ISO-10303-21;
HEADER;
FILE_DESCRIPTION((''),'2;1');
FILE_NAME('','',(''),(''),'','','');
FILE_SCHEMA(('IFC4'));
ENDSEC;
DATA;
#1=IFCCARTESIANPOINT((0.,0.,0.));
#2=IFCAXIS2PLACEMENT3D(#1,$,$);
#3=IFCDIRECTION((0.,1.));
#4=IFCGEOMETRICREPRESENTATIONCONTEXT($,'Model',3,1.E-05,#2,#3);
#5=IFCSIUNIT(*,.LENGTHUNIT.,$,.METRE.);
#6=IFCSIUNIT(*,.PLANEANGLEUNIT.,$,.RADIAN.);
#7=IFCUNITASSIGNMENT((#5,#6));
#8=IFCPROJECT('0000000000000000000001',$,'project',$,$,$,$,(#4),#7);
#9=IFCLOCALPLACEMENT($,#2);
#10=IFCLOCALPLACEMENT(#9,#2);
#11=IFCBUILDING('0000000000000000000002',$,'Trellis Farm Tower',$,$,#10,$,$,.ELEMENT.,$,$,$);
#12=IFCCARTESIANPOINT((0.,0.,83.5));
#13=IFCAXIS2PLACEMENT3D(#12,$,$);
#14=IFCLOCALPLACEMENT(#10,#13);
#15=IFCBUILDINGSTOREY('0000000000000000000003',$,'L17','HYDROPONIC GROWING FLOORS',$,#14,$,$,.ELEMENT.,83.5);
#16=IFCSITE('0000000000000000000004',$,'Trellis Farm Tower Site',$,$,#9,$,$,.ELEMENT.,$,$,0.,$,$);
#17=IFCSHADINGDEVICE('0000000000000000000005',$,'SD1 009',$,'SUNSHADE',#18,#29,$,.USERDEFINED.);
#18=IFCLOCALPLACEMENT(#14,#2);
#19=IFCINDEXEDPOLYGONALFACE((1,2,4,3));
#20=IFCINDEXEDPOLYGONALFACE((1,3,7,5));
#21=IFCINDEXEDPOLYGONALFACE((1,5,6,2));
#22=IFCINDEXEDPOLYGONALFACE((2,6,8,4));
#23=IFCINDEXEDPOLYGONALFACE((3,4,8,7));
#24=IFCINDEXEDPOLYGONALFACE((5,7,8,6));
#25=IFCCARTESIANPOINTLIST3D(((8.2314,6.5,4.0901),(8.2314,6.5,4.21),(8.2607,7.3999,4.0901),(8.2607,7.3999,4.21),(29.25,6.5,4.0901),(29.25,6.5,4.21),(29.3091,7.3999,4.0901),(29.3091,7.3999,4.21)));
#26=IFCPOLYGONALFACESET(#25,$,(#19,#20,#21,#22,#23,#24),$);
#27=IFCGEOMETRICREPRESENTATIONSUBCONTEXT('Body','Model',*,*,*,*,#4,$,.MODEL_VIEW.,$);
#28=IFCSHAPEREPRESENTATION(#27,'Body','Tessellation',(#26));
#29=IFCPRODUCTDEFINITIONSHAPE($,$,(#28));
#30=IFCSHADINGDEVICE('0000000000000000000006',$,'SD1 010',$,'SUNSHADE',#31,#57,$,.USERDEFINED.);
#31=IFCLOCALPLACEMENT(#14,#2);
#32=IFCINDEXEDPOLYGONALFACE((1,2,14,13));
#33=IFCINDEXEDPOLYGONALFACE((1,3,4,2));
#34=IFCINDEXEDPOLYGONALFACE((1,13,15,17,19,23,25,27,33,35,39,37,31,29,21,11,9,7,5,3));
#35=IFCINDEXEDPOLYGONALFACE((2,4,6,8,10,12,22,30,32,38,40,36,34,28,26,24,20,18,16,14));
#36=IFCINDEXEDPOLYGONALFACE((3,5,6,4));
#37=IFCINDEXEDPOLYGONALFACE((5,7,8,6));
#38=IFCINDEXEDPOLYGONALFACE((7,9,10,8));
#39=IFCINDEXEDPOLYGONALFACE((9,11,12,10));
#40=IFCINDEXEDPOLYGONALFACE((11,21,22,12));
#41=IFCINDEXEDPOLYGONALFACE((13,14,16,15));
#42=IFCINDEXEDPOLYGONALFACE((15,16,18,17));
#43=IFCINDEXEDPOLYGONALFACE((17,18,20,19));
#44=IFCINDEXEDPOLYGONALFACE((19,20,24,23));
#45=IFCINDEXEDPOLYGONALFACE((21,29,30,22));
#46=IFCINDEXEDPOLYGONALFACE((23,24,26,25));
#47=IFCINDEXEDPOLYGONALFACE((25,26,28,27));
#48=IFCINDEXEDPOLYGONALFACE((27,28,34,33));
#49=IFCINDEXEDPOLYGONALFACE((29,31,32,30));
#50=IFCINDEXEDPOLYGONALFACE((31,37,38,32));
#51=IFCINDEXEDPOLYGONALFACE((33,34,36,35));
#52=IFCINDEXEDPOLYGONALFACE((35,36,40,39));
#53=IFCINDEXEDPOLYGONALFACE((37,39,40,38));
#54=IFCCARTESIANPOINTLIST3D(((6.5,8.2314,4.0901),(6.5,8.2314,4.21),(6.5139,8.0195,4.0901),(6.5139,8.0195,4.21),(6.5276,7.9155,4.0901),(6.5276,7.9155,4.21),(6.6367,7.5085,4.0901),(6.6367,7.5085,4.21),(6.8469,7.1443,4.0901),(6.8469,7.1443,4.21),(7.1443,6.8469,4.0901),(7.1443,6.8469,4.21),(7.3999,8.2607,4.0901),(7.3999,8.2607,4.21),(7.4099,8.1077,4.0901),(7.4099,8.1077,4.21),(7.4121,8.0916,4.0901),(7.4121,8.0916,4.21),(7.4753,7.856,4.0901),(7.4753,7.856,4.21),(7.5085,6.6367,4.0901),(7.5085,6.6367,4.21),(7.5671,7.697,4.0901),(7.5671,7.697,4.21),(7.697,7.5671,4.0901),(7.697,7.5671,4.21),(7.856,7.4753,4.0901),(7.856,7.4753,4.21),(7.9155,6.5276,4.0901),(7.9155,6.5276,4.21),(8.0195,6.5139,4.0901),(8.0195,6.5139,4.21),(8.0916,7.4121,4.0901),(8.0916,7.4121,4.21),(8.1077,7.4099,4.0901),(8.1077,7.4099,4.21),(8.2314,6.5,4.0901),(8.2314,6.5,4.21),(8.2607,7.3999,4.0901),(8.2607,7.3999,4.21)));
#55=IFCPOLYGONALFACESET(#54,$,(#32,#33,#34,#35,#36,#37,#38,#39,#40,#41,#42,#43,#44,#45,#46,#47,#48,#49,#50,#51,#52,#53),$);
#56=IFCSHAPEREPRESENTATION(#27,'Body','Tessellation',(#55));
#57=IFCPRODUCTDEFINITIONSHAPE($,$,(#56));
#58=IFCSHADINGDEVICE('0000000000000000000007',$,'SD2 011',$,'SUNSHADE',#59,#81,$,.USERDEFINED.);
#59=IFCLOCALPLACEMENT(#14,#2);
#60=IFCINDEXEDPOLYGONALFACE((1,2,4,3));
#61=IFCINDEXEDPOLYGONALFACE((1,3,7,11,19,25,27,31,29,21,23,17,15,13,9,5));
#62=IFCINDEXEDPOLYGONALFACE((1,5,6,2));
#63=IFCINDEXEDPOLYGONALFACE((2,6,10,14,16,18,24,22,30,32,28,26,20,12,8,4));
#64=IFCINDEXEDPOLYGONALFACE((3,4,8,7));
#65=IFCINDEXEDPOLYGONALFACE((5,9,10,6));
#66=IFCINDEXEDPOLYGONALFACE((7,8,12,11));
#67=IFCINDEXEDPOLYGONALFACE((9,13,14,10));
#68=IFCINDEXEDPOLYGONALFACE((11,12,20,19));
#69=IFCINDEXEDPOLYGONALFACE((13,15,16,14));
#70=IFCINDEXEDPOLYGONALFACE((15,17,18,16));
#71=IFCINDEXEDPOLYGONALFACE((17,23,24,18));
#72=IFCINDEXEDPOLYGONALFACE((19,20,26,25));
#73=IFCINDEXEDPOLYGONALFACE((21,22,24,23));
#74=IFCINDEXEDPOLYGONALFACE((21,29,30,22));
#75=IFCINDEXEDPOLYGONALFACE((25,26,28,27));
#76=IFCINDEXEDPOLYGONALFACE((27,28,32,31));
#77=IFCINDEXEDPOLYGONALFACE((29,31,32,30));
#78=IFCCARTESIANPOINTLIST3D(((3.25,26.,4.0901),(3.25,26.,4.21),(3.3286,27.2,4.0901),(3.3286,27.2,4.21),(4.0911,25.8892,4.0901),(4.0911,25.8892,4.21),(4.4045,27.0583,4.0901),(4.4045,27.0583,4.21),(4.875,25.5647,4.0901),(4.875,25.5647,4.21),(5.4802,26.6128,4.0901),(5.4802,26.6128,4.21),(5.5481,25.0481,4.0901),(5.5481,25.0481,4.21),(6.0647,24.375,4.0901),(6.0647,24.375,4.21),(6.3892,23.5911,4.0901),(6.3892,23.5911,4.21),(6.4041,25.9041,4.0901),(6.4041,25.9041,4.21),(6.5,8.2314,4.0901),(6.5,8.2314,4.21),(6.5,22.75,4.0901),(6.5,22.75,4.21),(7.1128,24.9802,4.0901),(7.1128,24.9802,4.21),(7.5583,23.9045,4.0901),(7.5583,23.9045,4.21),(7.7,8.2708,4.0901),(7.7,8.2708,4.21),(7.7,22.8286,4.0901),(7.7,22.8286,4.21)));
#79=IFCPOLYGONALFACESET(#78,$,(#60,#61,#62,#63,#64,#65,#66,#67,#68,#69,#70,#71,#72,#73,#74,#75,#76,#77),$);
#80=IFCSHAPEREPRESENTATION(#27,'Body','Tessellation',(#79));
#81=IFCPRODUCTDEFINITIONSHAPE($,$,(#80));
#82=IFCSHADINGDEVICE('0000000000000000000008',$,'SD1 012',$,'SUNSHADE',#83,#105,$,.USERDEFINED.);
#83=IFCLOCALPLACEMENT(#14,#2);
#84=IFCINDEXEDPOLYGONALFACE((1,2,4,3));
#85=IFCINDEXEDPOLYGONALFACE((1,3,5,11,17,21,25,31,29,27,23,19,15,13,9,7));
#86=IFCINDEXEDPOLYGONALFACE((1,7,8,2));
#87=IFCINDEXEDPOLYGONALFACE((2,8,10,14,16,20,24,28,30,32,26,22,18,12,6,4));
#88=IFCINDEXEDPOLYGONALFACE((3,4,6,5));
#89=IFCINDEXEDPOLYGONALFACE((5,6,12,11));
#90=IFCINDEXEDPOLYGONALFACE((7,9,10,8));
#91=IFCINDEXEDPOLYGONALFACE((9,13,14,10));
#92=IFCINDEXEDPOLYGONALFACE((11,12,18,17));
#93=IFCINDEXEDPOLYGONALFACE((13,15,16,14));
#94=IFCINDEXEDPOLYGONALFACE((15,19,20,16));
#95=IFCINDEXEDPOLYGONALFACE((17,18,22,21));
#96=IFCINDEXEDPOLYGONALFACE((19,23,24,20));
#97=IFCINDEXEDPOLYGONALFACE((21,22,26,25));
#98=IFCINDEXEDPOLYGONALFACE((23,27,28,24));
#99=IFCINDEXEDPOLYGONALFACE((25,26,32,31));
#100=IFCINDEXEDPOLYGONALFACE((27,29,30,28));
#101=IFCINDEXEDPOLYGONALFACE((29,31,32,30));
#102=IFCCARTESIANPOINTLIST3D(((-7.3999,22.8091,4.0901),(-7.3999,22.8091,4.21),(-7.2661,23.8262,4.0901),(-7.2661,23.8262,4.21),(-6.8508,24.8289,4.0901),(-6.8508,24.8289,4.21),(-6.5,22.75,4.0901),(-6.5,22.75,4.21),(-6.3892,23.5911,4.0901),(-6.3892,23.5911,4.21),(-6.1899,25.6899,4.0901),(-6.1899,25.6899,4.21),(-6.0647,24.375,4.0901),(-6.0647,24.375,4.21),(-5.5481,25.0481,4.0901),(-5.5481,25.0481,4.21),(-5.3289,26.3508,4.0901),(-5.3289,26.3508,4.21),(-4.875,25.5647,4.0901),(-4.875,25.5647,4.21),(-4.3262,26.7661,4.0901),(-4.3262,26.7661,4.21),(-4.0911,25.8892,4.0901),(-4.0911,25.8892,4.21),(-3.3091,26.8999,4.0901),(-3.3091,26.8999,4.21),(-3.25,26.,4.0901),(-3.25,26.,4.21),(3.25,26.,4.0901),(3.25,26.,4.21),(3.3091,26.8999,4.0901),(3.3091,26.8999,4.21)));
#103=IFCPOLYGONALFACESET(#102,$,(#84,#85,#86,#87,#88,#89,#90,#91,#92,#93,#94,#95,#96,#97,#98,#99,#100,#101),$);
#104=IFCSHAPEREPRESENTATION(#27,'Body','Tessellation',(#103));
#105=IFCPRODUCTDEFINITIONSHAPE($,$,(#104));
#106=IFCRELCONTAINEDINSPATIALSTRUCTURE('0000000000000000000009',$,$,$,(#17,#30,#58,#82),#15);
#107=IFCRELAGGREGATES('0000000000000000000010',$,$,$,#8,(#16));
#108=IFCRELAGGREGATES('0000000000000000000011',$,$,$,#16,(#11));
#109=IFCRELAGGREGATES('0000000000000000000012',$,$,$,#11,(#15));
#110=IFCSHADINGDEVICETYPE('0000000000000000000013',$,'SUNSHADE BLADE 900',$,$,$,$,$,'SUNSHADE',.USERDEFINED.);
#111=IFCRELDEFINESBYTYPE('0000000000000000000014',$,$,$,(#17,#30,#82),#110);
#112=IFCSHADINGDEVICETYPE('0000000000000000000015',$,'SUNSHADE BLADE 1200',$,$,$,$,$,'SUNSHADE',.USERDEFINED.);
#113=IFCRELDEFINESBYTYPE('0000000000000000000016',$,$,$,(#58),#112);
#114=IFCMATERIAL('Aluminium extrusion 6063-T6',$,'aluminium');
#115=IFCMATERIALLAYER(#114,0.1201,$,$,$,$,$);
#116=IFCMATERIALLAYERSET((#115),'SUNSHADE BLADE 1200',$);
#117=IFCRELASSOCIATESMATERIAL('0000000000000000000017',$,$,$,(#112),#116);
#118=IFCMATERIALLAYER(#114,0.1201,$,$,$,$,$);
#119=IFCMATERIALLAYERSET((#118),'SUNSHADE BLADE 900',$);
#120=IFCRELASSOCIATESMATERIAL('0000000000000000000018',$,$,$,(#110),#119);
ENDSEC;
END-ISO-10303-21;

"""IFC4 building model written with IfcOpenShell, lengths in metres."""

from ifc_helpers import new_model, si_unit, direction, frame, origin, place, context, subcontext, project, spatial, polyline, outline, extrude, source, transform, mapped, material, layer, layer_set, type_object, element, save


model = new_model("IFC4")

# Units and contexts
model_context = context("Model", 3, precision=1e-05, world=origin(), true_north=direction((0.0, 1.0)))
body_context = subcontext(model_context, "Body", "Model", "MODEL_VIEW")
ifc_project = project(units=[si_unit("LENGTHUNIT", "METRE"), si_unit("PLANEANGLEUNIT", "RADIAN")], contexts=[model_context])

# Site, building, storey
site_placement = place(None, origin())
site = spatial("IfcSite", under=ifc_project, at=site_placement, Name="Trellis Farm Tower Site", CompositionType="ELEMENT", RefElevation=0.0)
building_placement = place(site_placement, origin())
building = spatial("IfcBuilding", under=site, at=building_placement, Name="Trellis Farm Tower", CompositionType="ELEMENT")
storey_placement = place(building_placement, frame((0.0, 0.0, 83.5)))
storey = spatial("IfcBuildingStorey", under=building, at=storey_placement, Name="L17", Description="HYDROPONIC GROWING FLOORS", CompositionType="ELEMENT", Elevation=83.5)

# Shared definitions
ifc_material_1 = material(Name="Aluminium extrusion 6063-T6", Category="aluminium")

# Shading devices
ifc_layer_1 = layer(ifc_material_1, 0.1201)
ifc_layer_set_1 = layer_set([ifc_layer_1], Name="SUNSHADE BLADE 1200")
shading_device_type_1 = type_object("IfcShadingDeviceType", Name="SUNSHADE BLADE 1200", ElementType="SUNSHADE", PredefinedType="USERDEFINED", material=ifc_layer_set_1)
placement_1 = place(storey_placement, frame((0.0, 0.0, 4.0901)))
ifc_layer_2 = layer(ifc_material_1, 0.1201)
ifc_layer_set_2 = layer_set([ifc_layer_2], Name="SUNSHADE BLADE 900")
shading_device_type_2 = type_object("IfcShadingDeviceType", Name="SUNSHADE BLADE 900", ElementType="SUNSHADE", PredefinedType="USERDEFINED", material=ifc_layer_set_2)
shared_shape_1 = source(origin(), body_context, "Body", "SweptSolid", [
    extrude(outline(polyline([(29.3091, 7.3999), (8.2607, 7.3999), (8.2314, 6.5), (29.25, 6.5), (29.3091, 7.3999)])), origin(), (0.0, 0.0, 1.0), 0.1199),
])
element("IfcShadingDevice", 1, at=placement_1, inside=storey, type_object=shading_device_type_2, Name="SD1 009", ObjectType="SUNSHADE", PredefinedType="USERDEFINED", context=body_context, shape_type="MappedRepresentation", body=[
    mapped(shared_shape_1, transform((0.0, 0.0, 0.0))),
])
shared_shape_2 = source(origin(), body_context, "Body", "SweptSolid", [
    extrude(outline(polyline([(8.2607, 7.3999), (8.1077, 7.4099), (8.0916, 7.4121), (7.856, 7.4753), (7.697, 7.5671), (7.5671, 7.697), (7.4753, 7.856), (7.4121, 8.0916), (7.4099, 8.1077), (7.3999, 8.2607), (6.5, 8.2314), (6.5139, 8.0195), (6.5276, 7.9155), (6.6367, 7.5085), (6.8469, 7.1443), (7.1443, 6.8469), (7.5085, 6.6367), (7.9155, 6.5276), (8.0195, 6.5139), (8.2314, 6.5), (8.2607, 7.3999)])), origin(), (0.0, 0.0, 1.0), 0.1199),
])
element("IfcShadingDevice", 2, at=placement_1, inside=storey, type_object=shading_device_type_2, Name="SD1 010", ObjectType="SUNSHADE", PredefinedType="USERDEFINED", context=body_context, shape_type="MappedRepresentation", body=[
    mapped(shared_shape_2, transform((0.0, 0.0, 0.0))),
])
shared_shape_3 = source(origin(), body_context, "Body", "SweptSolid", [
    extrude(outline(polyline([(7.7, 8.2708), (7.7, 22.8286), (7.5583, 23.9045), (7.1128, 24.9802), (6.4041, 25.9041), (5.4802, 26.6128), (4.4045, 27.0583), (3.3286, 27.2), (3.25, 26.0), (4.0911, 25.8892), (4.875, 25.5647), (5.5481, 25.0481), (6.0647, 24.375), (6.3892, 23.5911), (6.5, 22.75), (6.5, 8.2314), (7.7, 8.2708)])), origin(), (0.0, 0.0, 1.0), 0.1199),
])
element("IfcShadingDevice", 3, at=placement_1, inside=storey, type_object=shading_device_type_1, Name="SD2 011", ObjectType="SUNSHADE", PredefinedType="USERDEFINED", context=body_context, shape_type="MappedRepresentation", body=[
    mapped(shared_shape_3, transform((0.0, 0.0, 0.0))),
])
shared_shape_4 = source(origin(), body_context, "Body", "SweptSolid", [
    extrude(outline(polyline([(3.3091, 26.8999), (-3.3091, 26.8999), (-4.3262, 26.7661), (-5.3289, 26.3508), (-6.1899, 25.6899), (-6.8508, 24.8289), (-7.2661, 23.8262), (-7.3999, 22.8091), (-6.5, 22.75), (-6.3892, 23.5911), (-6.0647, 24.375), (-5.5481, 25.0481), (-4.875, 25.5647), (-4.0911, 25.8892), (-3.25, 26.0), (3.25, 26.0), (3.3091, 26.8999)])), origin(), (0.0, 0.0, 1.0), 0.1199),
])
element("IfcShadingDevice", 4, at=placement_1, inside=storey, type_object=shading_device_type_2, Name="SD1 012", ObjectType="SUNSHADE", PredefinedType="USERDEFINED", context=body_context, shape_type="MappedRepresentation", body=[
    mapped(shared_shape_4, transform((0.0, 0.0, 0.0))),
])

save(model, "model.ifc")
